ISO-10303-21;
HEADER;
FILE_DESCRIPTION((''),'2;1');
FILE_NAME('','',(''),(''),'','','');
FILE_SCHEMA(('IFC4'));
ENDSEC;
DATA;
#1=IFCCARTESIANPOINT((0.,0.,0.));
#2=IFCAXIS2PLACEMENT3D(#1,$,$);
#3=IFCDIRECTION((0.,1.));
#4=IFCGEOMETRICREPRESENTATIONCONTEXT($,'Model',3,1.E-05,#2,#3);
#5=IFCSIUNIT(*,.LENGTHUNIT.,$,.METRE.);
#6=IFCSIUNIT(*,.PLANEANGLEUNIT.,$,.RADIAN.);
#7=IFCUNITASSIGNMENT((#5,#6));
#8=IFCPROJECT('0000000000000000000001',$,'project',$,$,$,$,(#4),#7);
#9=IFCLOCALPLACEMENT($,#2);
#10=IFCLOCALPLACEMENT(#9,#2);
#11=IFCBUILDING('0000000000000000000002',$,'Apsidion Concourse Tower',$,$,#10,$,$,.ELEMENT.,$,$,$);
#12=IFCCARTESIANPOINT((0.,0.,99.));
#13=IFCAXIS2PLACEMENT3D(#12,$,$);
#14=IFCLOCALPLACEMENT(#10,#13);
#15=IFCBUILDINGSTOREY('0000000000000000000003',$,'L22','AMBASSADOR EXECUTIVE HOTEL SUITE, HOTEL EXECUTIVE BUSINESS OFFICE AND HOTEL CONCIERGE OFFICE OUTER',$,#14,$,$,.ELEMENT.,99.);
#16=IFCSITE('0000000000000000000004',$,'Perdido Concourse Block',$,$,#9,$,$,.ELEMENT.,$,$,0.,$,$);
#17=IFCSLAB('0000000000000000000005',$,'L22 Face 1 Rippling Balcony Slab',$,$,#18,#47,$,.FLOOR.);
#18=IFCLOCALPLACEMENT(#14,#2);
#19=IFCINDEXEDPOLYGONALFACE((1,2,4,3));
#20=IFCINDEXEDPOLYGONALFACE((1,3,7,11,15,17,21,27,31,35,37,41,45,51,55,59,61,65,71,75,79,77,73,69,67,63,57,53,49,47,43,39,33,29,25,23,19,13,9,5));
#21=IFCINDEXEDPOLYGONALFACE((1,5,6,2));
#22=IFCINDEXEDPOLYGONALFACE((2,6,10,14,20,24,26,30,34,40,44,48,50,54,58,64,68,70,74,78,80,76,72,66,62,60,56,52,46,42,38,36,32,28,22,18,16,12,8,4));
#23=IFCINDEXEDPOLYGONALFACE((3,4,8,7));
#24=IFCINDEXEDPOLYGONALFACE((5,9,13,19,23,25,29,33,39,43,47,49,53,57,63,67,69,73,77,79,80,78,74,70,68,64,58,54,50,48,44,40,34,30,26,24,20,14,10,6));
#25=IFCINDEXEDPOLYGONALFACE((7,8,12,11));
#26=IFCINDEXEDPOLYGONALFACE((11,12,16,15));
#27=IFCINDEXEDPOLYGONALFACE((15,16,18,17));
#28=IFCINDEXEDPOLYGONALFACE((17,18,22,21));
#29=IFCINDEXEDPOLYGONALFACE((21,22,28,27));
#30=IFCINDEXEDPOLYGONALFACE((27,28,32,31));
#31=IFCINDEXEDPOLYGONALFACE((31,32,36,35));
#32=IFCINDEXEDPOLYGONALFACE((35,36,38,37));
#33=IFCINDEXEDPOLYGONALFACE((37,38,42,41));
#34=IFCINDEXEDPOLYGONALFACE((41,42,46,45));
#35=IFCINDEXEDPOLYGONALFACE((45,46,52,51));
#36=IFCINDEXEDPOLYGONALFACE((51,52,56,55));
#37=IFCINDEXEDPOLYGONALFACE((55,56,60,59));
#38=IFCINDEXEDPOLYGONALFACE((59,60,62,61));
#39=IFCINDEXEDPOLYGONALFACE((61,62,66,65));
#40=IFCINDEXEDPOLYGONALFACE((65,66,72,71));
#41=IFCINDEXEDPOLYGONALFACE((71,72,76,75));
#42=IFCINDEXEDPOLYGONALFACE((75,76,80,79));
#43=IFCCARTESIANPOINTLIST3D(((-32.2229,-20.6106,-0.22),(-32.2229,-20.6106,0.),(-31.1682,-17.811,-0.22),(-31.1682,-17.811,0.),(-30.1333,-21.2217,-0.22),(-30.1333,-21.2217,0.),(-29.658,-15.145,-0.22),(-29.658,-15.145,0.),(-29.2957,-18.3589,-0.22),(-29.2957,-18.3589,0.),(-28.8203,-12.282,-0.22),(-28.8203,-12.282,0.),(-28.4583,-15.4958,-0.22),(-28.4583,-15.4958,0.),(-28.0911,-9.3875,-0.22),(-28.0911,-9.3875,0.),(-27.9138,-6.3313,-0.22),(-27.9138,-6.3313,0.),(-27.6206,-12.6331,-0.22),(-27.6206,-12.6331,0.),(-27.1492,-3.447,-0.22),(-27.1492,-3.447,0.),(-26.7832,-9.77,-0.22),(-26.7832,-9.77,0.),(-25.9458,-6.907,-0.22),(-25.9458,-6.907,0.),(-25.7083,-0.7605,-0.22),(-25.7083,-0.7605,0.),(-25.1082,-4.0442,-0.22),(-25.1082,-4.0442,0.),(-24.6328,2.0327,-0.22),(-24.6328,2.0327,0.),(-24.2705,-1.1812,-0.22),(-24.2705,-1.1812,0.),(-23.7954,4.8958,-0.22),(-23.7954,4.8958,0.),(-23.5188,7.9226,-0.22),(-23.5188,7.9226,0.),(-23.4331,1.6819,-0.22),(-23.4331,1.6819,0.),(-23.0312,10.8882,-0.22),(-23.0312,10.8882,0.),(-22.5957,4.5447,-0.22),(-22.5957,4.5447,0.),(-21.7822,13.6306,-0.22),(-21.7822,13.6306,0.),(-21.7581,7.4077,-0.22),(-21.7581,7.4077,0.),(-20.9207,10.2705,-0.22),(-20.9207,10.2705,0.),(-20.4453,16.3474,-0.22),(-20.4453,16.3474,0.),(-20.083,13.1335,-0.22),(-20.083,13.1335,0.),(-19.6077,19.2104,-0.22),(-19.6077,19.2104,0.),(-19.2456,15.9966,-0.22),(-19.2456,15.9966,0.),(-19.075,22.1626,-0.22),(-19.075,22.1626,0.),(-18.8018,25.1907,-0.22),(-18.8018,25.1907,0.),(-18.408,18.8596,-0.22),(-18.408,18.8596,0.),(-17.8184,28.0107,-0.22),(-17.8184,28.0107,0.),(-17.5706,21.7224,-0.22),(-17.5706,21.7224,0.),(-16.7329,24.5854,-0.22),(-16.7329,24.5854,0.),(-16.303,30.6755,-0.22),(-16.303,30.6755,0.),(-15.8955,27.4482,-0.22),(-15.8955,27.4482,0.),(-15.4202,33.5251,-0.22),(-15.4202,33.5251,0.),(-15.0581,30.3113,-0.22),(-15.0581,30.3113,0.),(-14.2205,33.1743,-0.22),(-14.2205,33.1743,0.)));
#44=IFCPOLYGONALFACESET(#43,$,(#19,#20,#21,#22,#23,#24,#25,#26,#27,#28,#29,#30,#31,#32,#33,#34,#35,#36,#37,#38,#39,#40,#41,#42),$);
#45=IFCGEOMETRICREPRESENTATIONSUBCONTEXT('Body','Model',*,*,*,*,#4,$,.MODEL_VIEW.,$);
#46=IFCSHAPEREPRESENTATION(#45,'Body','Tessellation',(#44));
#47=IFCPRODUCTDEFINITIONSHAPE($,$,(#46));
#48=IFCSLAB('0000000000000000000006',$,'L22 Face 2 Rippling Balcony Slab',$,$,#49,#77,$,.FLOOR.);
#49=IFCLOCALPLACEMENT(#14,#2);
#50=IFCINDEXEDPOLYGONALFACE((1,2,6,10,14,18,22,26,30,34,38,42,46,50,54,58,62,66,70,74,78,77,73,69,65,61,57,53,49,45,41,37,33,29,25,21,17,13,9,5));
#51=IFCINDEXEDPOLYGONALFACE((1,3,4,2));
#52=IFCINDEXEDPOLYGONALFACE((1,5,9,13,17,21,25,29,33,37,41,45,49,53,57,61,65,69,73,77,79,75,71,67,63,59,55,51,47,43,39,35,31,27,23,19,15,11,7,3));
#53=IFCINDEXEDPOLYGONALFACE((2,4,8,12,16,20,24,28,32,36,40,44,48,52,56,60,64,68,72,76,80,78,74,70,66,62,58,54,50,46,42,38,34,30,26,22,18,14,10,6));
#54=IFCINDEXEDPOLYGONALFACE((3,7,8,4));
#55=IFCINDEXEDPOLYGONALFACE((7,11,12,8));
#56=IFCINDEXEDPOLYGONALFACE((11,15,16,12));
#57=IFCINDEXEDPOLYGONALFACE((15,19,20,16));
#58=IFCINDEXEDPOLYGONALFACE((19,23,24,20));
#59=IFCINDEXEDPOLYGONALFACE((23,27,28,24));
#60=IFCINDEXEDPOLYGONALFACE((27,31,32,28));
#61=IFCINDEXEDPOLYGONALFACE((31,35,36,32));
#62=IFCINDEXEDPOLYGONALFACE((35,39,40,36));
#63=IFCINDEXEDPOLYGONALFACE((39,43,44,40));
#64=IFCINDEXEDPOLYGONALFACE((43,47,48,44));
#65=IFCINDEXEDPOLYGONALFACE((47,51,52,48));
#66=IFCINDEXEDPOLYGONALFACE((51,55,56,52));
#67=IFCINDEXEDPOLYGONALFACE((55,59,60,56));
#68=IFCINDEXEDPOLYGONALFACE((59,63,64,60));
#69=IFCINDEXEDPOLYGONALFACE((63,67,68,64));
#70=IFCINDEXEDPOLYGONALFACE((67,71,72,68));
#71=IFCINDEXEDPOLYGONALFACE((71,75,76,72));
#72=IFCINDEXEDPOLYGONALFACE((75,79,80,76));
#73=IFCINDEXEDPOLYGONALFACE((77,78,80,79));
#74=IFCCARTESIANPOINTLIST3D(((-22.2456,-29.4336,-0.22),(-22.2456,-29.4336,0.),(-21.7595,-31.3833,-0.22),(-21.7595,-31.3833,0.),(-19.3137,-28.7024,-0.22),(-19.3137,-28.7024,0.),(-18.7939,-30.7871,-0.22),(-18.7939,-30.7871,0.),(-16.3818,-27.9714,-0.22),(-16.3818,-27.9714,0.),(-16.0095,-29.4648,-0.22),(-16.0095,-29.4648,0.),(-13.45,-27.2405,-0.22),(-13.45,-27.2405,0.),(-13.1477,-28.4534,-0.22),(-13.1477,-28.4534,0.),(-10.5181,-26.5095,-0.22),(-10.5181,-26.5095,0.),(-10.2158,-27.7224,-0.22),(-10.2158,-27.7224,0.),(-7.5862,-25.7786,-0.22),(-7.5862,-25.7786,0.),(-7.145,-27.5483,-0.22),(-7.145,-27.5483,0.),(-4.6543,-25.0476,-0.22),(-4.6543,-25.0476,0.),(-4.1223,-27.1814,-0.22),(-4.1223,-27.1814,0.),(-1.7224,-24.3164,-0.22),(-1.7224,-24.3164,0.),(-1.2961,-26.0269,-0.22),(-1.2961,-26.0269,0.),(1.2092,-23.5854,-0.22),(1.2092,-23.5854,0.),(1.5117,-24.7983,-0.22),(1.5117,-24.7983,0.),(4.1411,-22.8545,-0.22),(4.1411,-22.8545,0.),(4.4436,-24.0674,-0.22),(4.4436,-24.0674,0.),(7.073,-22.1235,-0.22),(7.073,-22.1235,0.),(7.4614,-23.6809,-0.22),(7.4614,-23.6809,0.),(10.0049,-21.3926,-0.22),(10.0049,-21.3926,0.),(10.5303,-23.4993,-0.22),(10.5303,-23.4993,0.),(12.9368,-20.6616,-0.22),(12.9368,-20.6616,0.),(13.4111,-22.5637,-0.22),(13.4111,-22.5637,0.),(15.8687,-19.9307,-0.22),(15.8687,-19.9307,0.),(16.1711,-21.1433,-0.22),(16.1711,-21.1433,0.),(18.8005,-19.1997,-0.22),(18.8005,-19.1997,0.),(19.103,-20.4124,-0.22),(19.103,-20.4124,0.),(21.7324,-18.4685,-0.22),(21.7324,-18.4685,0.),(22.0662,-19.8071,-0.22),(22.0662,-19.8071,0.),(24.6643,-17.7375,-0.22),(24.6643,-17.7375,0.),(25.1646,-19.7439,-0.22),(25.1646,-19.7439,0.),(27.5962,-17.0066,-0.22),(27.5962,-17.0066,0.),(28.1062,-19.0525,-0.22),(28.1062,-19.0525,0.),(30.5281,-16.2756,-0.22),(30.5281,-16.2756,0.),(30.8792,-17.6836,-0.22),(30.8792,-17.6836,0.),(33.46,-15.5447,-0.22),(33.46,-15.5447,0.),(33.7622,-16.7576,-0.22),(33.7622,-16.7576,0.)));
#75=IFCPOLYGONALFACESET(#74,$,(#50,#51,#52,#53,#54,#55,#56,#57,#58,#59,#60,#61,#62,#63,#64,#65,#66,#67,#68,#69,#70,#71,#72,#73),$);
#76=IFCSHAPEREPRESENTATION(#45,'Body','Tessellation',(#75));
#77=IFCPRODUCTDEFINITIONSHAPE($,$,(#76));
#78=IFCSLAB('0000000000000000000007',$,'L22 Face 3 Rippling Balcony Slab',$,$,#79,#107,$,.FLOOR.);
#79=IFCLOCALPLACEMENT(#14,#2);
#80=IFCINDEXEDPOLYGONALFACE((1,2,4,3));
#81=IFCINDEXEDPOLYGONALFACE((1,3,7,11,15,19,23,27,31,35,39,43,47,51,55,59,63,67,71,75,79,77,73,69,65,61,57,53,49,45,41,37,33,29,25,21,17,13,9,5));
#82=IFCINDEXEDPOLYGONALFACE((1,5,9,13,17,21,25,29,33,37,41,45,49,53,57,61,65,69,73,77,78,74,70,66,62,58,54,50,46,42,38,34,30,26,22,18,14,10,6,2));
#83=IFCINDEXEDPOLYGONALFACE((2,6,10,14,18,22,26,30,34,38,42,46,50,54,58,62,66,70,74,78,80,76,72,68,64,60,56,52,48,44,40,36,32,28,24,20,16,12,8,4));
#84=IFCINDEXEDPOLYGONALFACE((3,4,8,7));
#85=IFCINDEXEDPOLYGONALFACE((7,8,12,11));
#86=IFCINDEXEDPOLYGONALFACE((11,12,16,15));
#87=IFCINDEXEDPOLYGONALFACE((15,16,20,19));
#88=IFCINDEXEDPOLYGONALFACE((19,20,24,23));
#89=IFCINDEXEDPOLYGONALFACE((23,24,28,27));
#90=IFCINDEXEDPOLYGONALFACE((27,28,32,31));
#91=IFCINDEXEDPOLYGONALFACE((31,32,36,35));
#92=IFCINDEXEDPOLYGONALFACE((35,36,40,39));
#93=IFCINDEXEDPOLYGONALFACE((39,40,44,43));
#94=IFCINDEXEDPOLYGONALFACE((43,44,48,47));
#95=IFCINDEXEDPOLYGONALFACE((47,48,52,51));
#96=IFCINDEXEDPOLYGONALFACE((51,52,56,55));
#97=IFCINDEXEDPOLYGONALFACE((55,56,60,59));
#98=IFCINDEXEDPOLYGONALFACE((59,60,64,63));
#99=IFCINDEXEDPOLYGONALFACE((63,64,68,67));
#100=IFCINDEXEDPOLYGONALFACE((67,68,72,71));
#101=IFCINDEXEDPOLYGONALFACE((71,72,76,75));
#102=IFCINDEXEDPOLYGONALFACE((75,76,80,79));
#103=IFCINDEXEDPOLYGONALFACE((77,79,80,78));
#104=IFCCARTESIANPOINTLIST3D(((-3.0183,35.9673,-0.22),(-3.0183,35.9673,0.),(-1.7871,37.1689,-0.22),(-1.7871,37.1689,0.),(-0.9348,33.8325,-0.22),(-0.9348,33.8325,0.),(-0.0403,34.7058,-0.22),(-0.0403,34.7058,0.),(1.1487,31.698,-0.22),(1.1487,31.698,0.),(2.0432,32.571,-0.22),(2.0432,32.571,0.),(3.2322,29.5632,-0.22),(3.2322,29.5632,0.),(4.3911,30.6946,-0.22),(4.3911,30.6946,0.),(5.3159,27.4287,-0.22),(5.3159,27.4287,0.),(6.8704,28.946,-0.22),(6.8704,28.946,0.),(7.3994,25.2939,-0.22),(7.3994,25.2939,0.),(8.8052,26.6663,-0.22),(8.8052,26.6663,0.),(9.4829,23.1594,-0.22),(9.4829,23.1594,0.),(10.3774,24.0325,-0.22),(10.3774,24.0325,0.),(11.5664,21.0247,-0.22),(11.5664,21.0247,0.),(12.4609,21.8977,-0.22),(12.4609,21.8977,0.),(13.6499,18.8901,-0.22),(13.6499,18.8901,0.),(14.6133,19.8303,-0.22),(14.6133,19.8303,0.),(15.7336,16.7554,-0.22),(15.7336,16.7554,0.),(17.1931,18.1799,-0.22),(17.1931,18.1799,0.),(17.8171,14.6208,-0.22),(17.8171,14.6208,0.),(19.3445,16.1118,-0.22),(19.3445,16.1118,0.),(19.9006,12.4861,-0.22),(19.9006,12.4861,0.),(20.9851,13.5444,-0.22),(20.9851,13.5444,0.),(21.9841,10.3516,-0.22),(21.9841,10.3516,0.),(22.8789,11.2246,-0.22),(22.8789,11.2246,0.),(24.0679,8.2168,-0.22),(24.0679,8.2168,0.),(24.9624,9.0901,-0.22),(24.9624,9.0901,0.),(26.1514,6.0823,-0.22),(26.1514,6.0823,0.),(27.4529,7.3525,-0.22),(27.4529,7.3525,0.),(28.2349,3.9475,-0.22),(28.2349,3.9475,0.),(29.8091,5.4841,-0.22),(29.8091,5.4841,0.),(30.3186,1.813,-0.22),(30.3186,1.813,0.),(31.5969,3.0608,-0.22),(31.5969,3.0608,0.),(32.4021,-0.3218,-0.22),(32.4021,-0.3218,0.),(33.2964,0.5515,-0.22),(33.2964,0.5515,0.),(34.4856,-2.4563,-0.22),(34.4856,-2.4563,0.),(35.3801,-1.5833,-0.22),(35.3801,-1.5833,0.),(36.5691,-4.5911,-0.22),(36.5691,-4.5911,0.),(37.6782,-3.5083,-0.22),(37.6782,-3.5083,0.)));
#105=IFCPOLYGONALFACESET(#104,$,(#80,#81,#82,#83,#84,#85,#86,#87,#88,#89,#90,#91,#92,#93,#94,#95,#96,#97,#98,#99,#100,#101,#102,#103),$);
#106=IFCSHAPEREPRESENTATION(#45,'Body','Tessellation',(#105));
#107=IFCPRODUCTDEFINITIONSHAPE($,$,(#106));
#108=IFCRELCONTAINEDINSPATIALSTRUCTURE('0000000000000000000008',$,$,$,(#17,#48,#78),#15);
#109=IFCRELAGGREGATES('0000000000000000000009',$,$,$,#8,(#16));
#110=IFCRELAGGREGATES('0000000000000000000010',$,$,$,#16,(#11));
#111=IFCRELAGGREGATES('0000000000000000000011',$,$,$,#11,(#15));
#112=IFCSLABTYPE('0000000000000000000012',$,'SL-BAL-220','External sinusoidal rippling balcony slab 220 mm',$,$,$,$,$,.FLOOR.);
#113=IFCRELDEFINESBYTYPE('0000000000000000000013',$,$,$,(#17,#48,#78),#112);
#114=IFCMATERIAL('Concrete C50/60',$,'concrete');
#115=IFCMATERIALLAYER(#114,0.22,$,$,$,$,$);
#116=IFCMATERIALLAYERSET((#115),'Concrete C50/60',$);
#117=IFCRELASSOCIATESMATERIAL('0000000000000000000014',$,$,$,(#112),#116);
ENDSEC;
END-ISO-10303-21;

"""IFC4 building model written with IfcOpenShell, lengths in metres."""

from ifc_helpers import new_model, si_unit, direction, frame, origin, place, context, subcontext, project, spatial, polyline, outline, extrude, material, layer, layer_set, type_object, element, save


model = new_model("IFC4")

# Units and contexts
model_context = context("Model", 3, precision=1e-05, world=origin(), true_north=direction((0.0, 1.0)))
body_context = subcontext(model_context, "Body", "Model", "MODEL_VIEW")
ifc_project = project(units=[si_unit("LENGTHUNIT", "METRE"), si_unit("PLANEANGLEUNIT", "RADIAN")], contexts=[model_context])

# Site, building, storey
site_placement = place(None, origin())
site = spatial("IfcSite", under=ifc_project, at=site_placement, Name="Perdido Concourse Block", CompositionType="ELEMENT", RefElevation=0.0)
building_placement = place(site_placement, origin())
building = spatial("IfcBuilding", under=site, at=building_placement, Name="Apsidion Concourse Tower", CompositionType="ELEMENT")
storey_placement = place(building_placement, frame((0.0, 0.0, 99.0)))
storey = spatial("IfcBuildingStorey", under=building, at=storey_placement, Name="L22", Description="AMBASSADOR EXECUTIVE HOTEL SUITE, HOTEL EXECUTIVE BUSINESS OFFICE AND HOTEL CONCIERGE OFFICE OUTER", CompositionType="ELEMENT", Elevation=99.0)

# Shared definitions
ifc_material_1 = material(Name="Concrete C50/60", Category="concrete")

# Slabs
ifc_layer_1 = layer(ifc_material_1, 0.22)
ifc_layer_set_1 = layer_set([ifc_layer_1], Name="Concrete C50/60")
slab_type_1 = type_object("IfcSlabType", Name="SL-BAL-220", Description="External sinusoidal rippling balcony slab 220 mm", PredefinedType="FLOOR", material=ifc_layer_set_1)
slab_1_placement = place(storey_placement, frame((0.0, 0.0, -0.22)))
element("IfcSlab", 1, at=slab_1_placement, inside=storey, type_object=slab_type_1, Name="L22 Face 1 Rippling Balcony Slab", PredefinedType="FLOOR", context=body_context, shape_type="SweptSolid", body=[
    extrude(outline(polyline([(-14.2205, 33.1743), (-15.0581, 30.3113), (-15.8955, 27.4482), (-16.7329, 24.5854), (-17.5706, 21.7224), (-18.408, 18.8596), (-19.2456, 15.9966), (-20.083, 13.1335), (-20.9207, 10.2705), (-21.7581, 7.4077), (-22.5957, 4.5447), (-23.4331, 1.6819), (-24.2705, -1.1812), (-25.1082, -4.0442), (-25.9458, -6.907), (-26.7832, -9.77), (-27.6206, -12.6331), (-28.4583, -15.4958), (-29.2957, -18.3589), (-30.1333, -21.2217), (-32.2229, -20.6106), (-31.1682, -17.811), (-29.658, -15.145), (-28.8203, -12.282), (-28.0911, -9.3875), (-27.9138, -6.3313), (-27.1492, -3.447), (-25.7083, -0.7605), (-24.6328, 2.0327), (-23.7954, 4.8958), (-23.5188, 7.9226), (-23.0312, 10.8882), (-21.7822, 13.6306), (-20.4453, 16.3474), (-19.6077, 19.2104), (-19.075, 22.1626), (-18.8018, 25.1907), (-17.8184, 28.0107), (-16.303, 30.6755), (-15.4202, 33.5251), (-14.2205, 33.1743)])), origin(), (0.0, 0.0, 1.0), 0.22),
])
slab_2_placement = place(storey_placement, frame((0.0, 0.0, -0.22)))
element("IfcSlab", 2, at=slab_2_placement, inside=storey, type_object=slab_type_1, Name="L22 Face 2 Rippling Balcony Slab", PredefinedType="FLOOR", context=body_context, shape_type="SweptSolid", body=[
    extrude(outline(polyline([(-22.2456, -29.4336), (-19.3137, -28.7024), (-16.3818, -27.9714), (-13.45, -27.2405), (-10.5181, -26.5095), (-7.5862, -25.7786), (-4.6543, -25.0476), (-1.7224, -24.3164), (1.2092, -23.5854), (4.1411, -22.8545), (7.073, -22.1235), (10.0049, -21.3926), (12.9368, -20.6616), (15.8687, -19.9307), (18.8005, -19.1997), (21.7324, -18.4685), (24.6643, -17.7375), (27.5962, -17.0066), (30.5281, -16.2756), (33.46, -15.5447), (33.7622, -16.7576), (30.8792, -17.6836), (28.1062, -19.0525), (25.1646, -19.7439), (22.0662, -19.8071), (19.103, -20.4124), (16.1711, -21.1433), (13.4111, -22.5637), (10.5303, -23.4993), (7.4614, -23.6809), (4.4436, -24.0674), (1.5117, -24.7983), (-1.2961, -26.0269), (-4.1223, -27.1814), (-7.145, -27.5483), (-10.2158, -27.7224), (-13.1477, -28.4534), (-16.0095, -29.4648), (-18.7939, -30.7871), (-21.7595, -31.3833), (-22.2456, -29.4336)])), origin(), (0.0, 0.0, 1.0), 0.22),
])
slab_3_placement = place(storey_placement, frame((0.0, 0.0, -0.22)))
element("IfcSlab", 3, at=slab_3_placement, inside=storey, type_object=slab_type_1, Name="L22 Face 3 Rippling Balcony Slab", PredefinedType="FLOOR", context=body_context, shape_type="SweptSolid", body=[
    extrude(outline(polyline([(36.5691, -4.5911), (34.4856, -2.4563), (32.4021, -0.3218), (30.3186, 1.813), (28.2349, 3.9475), (26.1514, 6.0823), (24.0679, 8.2168), (21.9841, 10.3516), (19.9006, 12.4861), (17.8171, 14.6208), (15.7336, 16.7554), (13.6499, 18.8901), (11.5664, 21.0247), (9.4829, 23.1594), (7.3994, 25.2939), (5.3159, 27.4287), (3.2322, 29.5632), (1.1487, 31.698), (-0.9348, 33.8325), (-3.0183, 35.9673), (-1.7871, 37.1689), (-0.0403, 34.7058), (2.0432, 32.571), (4.3911, 30.6946), (6.8704, 28.946), (8.8052, 26.6663), (10.3774, 24.0325), (12.4609, 21.8977), (14.6133, 19.8303), (17.1931, 18.1799), (19.3445, 16.1118), (20.9851, 13.5444), (22.8789, 11.2246), (24.9624, 9.0901), (27.4529, 7.3525), (29.8091, 5.4841), (31.5969, 3.0608), (33.2964, 0.5515), (35.3801, -1.5833), (37.6782, -3.5083), (36.5691, -4.5911)])), origin(), (0.0, 0.0, 1.0), 0.22),
])

save(model, "model.ifc")
